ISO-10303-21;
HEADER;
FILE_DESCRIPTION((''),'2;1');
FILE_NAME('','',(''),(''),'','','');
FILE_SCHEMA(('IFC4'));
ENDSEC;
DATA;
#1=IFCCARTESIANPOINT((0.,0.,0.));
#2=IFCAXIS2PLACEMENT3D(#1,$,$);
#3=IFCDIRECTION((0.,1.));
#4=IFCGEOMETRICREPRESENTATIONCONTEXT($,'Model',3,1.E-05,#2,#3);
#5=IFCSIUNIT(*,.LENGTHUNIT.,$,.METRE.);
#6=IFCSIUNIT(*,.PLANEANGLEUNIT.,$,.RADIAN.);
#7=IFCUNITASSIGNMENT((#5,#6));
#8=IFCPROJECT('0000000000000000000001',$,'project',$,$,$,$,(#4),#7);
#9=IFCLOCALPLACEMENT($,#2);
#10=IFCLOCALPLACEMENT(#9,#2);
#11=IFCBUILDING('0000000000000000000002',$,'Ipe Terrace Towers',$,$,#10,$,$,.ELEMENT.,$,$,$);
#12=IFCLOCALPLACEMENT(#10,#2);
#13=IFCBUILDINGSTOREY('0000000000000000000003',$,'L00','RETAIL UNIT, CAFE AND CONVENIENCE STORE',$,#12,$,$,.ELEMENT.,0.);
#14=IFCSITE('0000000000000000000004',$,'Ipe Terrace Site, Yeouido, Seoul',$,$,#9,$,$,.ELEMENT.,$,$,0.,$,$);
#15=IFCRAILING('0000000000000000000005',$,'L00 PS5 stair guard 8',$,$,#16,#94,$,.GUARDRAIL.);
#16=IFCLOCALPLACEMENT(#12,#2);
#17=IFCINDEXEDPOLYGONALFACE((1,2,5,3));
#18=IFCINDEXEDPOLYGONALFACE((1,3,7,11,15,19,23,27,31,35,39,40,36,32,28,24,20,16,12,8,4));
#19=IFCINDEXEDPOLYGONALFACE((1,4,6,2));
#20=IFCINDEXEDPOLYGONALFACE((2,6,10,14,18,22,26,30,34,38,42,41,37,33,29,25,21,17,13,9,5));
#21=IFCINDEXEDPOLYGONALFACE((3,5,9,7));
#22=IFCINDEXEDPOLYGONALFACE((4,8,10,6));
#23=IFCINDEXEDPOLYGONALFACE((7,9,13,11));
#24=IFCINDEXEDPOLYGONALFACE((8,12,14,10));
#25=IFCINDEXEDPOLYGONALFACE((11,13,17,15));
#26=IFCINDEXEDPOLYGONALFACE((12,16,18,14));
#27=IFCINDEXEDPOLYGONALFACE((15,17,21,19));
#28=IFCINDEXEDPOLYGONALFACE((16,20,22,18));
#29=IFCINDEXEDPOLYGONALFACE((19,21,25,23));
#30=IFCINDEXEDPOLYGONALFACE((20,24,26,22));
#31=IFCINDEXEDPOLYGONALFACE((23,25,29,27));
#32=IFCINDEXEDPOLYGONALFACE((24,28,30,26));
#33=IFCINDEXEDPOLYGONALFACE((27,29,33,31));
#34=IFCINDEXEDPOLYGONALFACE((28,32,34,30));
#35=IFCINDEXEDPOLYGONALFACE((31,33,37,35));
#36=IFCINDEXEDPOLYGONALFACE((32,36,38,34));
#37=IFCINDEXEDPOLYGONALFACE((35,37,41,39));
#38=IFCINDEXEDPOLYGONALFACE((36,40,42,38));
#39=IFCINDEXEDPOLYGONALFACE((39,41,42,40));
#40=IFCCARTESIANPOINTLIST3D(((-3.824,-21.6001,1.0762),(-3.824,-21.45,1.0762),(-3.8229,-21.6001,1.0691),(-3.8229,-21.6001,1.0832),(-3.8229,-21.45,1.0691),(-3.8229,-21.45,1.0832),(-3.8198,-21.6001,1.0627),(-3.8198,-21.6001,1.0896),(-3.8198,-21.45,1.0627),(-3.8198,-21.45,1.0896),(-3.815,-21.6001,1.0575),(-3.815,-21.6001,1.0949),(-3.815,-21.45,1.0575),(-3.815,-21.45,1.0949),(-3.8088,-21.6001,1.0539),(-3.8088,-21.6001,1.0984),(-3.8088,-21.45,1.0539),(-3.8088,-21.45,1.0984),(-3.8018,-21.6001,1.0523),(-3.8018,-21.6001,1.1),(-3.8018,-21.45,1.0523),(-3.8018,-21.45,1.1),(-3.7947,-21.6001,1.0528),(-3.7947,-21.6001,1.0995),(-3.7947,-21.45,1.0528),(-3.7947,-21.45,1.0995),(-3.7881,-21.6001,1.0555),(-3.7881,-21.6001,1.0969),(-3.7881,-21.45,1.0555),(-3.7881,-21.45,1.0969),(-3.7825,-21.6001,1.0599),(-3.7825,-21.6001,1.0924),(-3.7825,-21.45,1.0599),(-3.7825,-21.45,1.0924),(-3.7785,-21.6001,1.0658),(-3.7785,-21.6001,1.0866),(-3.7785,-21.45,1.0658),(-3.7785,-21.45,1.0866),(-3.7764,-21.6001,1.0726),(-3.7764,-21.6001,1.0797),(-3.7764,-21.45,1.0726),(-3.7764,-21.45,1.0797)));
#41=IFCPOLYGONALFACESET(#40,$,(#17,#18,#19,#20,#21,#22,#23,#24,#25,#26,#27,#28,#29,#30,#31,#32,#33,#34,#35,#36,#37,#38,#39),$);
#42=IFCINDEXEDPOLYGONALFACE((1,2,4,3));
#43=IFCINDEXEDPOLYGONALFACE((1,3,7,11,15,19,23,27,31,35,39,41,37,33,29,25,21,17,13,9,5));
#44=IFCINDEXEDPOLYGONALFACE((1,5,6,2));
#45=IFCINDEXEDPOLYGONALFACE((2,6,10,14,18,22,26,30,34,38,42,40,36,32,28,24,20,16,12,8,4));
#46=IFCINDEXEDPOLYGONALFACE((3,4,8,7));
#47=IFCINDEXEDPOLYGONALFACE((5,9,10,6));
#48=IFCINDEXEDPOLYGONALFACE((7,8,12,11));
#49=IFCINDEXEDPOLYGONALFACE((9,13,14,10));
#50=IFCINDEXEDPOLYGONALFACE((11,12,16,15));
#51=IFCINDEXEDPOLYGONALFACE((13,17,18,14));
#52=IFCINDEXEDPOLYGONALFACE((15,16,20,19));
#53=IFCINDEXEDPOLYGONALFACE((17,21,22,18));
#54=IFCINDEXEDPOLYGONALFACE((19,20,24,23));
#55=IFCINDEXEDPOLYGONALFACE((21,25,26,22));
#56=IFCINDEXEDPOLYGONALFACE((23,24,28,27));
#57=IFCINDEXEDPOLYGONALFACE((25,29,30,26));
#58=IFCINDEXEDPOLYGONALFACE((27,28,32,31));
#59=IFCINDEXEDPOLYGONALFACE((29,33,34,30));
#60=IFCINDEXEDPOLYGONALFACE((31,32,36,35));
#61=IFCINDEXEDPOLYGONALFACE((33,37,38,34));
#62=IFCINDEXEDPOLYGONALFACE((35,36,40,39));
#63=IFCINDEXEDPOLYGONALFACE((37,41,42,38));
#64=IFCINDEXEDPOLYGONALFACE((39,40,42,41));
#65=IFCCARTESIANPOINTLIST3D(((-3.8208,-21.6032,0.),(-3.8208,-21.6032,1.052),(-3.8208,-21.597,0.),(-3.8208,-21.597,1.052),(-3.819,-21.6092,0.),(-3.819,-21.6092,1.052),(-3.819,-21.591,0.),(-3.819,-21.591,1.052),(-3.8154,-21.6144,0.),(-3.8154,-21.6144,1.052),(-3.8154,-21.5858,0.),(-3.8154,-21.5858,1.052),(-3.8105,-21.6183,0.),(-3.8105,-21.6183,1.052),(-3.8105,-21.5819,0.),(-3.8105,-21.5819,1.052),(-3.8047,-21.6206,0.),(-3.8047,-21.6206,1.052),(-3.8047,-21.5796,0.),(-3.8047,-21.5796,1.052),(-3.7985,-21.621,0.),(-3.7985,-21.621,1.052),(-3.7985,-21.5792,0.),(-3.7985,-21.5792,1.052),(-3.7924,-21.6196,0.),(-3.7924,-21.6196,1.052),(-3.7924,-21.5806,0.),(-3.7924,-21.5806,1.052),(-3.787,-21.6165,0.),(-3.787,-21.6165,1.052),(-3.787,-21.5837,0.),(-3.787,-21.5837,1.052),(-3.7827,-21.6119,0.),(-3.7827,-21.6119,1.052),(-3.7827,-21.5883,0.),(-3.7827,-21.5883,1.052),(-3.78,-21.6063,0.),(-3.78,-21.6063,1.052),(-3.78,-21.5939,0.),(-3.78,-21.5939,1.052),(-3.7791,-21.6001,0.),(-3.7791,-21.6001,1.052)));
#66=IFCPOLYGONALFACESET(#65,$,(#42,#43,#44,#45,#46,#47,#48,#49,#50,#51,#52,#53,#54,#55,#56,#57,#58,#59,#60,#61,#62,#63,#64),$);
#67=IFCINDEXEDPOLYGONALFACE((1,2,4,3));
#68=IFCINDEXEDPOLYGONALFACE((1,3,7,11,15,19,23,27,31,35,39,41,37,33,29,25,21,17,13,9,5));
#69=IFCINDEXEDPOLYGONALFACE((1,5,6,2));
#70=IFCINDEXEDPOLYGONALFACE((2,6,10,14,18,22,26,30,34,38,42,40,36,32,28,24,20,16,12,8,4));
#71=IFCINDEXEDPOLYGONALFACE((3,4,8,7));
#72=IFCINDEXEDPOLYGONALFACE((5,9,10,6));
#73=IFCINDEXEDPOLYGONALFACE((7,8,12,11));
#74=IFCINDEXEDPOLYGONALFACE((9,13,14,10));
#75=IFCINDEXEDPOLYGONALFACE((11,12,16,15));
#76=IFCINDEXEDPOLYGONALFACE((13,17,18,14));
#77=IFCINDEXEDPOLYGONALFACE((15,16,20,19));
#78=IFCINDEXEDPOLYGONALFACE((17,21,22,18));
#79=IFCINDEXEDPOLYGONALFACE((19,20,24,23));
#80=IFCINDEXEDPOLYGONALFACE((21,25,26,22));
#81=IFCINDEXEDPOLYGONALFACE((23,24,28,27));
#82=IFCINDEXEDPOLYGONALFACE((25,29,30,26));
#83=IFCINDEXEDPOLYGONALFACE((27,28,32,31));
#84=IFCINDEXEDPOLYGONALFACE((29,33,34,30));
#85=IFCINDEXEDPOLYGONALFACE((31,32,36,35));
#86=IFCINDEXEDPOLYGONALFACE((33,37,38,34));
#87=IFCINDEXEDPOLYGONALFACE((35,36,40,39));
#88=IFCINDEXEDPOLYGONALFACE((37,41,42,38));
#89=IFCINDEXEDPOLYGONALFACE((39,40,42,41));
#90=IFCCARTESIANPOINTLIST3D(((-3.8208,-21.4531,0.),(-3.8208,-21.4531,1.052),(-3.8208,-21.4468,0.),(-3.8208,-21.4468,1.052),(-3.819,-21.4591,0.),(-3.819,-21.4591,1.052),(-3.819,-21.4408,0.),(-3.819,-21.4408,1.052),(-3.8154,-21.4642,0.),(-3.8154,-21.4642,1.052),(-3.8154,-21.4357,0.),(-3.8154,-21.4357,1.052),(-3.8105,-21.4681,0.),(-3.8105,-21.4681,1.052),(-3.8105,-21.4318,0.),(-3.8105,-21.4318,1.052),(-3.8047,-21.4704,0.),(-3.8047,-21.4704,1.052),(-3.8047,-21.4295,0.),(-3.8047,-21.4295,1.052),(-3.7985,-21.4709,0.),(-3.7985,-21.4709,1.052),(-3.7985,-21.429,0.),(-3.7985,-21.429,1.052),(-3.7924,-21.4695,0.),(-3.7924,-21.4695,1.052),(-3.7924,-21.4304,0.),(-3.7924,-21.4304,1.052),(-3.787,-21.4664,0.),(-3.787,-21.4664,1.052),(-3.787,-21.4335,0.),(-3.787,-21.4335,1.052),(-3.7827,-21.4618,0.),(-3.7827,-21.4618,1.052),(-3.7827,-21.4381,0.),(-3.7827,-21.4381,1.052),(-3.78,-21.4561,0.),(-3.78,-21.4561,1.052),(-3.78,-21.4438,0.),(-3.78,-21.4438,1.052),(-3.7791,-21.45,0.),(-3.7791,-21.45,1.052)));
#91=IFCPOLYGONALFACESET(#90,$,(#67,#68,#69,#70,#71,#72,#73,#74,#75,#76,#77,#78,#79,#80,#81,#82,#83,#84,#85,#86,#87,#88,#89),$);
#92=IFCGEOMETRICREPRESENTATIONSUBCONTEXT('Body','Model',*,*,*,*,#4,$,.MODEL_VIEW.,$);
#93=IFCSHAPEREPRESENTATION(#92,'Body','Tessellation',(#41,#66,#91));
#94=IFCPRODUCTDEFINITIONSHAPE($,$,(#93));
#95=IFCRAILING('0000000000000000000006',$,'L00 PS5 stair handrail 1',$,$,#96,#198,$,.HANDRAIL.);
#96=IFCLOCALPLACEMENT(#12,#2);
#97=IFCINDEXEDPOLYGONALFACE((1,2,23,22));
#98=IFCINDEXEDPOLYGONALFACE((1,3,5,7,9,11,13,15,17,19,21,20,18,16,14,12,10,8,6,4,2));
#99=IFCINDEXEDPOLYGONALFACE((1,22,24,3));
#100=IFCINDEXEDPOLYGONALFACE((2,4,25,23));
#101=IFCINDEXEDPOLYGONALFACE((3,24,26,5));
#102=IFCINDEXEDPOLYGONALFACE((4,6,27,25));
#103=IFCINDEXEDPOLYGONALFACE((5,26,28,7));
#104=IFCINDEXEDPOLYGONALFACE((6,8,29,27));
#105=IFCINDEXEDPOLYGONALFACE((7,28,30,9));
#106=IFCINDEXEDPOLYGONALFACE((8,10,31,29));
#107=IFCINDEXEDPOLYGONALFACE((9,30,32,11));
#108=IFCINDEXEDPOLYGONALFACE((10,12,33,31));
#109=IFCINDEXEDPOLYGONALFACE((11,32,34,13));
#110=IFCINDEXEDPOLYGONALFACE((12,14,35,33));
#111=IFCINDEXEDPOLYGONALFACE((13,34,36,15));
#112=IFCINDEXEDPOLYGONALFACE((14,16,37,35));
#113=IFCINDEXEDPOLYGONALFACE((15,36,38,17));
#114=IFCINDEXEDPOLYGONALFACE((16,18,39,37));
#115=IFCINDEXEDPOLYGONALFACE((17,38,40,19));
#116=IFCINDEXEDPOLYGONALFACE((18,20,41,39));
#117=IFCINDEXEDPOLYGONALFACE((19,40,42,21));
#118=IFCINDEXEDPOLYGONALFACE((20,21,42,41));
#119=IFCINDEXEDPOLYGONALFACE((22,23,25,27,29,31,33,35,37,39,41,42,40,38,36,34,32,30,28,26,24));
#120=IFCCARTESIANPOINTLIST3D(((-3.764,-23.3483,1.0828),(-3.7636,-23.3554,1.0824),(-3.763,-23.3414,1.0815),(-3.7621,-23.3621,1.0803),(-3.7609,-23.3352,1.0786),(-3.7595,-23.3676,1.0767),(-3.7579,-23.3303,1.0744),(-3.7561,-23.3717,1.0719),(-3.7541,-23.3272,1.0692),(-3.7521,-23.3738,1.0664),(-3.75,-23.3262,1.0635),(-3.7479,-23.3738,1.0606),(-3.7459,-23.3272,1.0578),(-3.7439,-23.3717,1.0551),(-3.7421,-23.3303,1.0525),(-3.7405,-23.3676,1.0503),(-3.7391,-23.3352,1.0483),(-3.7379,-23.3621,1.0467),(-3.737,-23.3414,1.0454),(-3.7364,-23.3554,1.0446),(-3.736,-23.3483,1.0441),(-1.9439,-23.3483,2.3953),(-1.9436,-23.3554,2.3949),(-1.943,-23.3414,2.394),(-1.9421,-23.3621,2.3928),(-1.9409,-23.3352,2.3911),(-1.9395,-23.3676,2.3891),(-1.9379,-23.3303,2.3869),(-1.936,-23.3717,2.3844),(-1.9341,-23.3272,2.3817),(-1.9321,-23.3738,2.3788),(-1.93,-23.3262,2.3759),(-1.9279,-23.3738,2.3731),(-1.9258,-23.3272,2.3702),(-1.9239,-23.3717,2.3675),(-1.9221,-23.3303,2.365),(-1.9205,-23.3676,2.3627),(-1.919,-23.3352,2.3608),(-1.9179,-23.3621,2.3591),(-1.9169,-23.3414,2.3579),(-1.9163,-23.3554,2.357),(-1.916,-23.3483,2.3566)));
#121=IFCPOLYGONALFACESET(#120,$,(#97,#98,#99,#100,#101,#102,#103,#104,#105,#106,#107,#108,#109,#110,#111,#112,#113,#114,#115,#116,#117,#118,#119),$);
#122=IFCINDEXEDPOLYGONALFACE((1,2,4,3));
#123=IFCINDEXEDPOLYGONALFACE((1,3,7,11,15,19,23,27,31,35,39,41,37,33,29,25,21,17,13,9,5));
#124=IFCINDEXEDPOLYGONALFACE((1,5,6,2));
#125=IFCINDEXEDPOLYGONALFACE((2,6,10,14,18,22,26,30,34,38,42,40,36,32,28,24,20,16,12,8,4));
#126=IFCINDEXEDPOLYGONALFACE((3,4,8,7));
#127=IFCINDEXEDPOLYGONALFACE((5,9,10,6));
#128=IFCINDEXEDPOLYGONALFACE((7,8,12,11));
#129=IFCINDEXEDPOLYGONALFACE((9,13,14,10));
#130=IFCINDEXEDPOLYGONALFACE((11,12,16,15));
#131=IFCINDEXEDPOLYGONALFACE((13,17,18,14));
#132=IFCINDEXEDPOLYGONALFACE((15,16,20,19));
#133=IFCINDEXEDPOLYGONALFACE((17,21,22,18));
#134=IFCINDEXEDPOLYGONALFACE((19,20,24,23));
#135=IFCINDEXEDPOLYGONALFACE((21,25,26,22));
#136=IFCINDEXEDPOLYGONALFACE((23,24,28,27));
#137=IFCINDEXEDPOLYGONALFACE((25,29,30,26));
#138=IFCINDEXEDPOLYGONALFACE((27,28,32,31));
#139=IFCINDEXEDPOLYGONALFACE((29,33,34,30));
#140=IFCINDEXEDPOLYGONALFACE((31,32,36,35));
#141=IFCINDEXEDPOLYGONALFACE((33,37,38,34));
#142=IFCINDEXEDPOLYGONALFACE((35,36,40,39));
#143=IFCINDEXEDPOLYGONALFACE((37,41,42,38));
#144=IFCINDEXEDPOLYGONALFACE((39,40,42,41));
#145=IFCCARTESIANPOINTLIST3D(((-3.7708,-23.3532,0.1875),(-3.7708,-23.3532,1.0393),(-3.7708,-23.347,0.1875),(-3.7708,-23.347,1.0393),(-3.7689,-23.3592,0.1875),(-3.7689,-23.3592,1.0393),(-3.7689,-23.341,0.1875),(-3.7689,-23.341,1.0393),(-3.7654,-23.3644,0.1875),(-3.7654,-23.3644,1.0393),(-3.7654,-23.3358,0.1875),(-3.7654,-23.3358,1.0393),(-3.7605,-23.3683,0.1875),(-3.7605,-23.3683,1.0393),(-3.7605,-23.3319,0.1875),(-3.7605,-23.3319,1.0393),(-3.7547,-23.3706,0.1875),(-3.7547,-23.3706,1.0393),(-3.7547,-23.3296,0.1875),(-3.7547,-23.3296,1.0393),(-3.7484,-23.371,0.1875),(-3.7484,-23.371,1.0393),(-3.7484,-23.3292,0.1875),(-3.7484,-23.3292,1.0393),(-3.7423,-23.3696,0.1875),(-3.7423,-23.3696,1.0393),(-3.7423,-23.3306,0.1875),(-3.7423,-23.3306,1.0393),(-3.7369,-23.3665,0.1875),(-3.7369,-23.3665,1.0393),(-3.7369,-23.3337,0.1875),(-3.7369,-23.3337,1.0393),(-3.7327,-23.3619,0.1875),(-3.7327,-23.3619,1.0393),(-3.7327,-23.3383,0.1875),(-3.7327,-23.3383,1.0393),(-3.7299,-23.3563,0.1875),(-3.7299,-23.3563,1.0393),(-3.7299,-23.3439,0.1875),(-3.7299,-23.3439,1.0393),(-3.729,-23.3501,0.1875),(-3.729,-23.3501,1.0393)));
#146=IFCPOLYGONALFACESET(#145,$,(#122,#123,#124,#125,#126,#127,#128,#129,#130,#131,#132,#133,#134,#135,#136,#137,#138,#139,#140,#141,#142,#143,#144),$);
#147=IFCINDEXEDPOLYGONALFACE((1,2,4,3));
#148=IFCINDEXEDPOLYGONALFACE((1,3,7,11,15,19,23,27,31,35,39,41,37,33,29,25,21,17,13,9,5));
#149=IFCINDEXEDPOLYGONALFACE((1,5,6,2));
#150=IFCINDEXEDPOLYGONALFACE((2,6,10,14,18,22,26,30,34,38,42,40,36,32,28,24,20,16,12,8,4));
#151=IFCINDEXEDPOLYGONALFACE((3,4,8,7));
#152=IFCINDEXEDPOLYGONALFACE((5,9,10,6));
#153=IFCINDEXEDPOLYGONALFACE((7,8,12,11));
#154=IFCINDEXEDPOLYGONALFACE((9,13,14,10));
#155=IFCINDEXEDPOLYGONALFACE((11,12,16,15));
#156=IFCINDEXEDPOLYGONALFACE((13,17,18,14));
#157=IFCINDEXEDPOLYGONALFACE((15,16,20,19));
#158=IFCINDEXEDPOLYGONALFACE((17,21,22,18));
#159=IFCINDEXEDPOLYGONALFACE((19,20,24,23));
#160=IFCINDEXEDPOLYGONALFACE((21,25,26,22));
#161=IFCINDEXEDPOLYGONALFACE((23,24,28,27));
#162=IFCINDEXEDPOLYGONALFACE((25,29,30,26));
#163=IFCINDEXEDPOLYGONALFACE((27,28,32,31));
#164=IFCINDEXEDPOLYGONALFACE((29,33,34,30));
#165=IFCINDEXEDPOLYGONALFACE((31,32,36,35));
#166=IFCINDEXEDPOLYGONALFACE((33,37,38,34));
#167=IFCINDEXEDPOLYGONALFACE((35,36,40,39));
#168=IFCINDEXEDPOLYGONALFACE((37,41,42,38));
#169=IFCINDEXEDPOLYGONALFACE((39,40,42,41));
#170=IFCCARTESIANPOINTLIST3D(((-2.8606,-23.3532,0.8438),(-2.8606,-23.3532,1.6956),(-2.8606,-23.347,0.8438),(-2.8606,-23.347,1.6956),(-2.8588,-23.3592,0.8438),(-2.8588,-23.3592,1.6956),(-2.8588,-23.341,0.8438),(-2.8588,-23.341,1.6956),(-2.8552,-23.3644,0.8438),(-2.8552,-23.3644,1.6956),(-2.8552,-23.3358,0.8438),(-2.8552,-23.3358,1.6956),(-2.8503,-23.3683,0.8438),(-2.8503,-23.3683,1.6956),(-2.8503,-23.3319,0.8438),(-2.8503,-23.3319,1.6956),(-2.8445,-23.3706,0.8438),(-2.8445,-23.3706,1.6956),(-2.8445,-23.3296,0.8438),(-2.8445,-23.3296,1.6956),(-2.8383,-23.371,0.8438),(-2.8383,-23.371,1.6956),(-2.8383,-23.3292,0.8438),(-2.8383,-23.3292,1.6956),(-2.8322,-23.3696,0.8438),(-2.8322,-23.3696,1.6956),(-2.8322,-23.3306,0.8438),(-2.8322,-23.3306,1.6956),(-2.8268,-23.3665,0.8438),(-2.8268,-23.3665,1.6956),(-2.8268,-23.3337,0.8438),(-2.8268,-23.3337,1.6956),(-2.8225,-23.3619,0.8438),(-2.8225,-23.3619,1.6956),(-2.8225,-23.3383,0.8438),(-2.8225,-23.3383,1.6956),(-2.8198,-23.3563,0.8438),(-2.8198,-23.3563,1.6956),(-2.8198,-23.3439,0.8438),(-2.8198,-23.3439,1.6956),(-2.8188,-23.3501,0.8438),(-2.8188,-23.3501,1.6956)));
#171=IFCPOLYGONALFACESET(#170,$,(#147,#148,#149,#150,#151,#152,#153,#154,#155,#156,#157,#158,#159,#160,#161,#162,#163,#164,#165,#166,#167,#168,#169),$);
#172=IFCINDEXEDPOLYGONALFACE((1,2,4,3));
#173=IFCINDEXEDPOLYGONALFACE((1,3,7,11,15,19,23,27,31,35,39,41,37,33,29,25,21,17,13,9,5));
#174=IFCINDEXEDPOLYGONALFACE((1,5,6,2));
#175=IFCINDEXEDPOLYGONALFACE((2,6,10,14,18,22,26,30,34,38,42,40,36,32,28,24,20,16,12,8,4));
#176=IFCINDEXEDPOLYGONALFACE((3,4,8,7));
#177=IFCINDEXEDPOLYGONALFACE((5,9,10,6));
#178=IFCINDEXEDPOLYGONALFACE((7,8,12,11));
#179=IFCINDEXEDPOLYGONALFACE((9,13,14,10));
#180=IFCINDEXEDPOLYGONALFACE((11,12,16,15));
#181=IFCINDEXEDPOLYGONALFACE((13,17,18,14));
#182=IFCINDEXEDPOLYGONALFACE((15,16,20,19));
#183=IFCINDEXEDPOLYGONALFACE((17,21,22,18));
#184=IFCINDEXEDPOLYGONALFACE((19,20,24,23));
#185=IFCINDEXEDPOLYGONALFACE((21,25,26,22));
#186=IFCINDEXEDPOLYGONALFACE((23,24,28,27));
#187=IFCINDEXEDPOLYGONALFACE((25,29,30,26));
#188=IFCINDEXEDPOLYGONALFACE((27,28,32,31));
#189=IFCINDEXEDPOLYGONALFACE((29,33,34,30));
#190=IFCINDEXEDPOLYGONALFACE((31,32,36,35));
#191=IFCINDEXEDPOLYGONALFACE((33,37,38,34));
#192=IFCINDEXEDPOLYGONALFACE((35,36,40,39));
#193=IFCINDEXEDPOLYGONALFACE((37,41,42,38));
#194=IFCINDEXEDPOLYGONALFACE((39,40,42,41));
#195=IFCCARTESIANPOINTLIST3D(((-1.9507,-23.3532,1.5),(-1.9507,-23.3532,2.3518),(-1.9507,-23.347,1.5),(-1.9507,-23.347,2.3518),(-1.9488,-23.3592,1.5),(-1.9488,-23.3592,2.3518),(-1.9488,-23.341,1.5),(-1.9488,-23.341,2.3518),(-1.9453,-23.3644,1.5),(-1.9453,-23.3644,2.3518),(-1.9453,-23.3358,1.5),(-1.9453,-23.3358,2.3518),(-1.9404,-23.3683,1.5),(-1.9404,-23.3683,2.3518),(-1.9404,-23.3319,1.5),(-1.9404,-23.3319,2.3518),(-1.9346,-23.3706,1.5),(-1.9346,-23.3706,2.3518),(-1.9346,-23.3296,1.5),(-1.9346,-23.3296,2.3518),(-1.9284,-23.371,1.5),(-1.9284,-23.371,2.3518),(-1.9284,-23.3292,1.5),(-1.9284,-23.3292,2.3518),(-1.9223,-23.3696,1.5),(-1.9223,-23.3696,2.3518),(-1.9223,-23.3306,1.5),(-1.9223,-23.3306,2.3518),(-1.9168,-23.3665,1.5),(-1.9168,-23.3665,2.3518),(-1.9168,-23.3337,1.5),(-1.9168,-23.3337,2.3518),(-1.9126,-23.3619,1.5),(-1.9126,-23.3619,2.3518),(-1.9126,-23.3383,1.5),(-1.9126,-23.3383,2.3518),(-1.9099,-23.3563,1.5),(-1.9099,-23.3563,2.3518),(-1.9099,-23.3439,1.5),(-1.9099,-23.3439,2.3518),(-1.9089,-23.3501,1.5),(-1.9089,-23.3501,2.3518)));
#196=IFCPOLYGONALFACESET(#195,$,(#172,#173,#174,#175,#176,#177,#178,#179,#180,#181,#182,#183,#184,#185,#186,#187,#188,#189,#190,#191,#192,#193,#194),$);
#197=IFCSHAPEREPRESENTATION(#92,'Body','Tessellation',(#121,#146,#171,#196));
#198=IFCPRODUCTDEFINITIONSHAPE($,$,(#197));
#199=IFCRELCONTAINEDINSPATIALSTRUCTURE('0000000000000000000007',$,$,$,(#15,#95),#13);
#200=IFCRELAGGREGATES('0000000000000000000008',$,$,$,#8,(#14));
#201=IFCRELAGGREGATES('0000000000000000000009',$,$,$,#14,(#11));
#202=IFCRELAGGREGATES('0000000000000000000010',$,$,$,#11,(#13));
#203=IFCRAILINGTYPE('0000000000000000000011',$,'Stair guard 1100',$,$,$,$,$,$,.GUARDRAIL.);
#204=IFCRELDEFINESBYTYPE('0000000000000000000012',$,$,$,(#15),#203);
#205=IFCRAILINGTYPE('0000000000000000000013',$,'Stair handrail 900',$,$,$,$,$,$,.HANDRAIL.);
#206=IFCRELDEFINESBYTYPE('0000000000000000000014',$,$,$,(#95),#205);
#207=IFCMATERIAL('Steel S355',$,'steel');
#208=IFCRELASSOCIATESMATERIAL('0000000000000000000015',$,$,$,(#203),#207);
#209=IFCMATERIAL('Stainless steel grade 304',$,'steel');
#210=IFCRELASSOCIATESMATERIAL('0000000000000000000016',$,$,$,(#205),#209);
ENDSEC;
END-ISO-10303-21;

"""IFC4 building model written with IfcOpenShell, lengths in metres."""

from ifc_helpers import new_model, si_unit, direction, frame, origin, origin_2d, place, context, subcontext, project, spatial, circle, extrude, material, type_object, element, save


model = new_model("IFC4")

# Units and contexts
model_context = context("Model", 3, precision=1e-05, world=origin(), true_north=direction((0.0, 1.0)))
body_context = subcontext(model_context, "Body", "Model", "MODEL_VIEW")
ifc_project = project(units=[si_unit("LENGTHUNIT", "METRE"), si_unit("PLANEANGLEUNIT", "RADIAN")], contexts=[model_context])

# Site, building, storey
site_placement = place(None, origin())
site = spatial("IfcSite", under=ifc_project, at=site_placement, Name="Ipe Terrace Site, Yeouido, Seoul", CompositionType="ELEMENT", RefElevation=0.0)
building_placement = place(site_placement, origin())
building = spatial("IfcBuilding", under=site, at=building_placement, Name="Ipe Terrace Towers", CompositionType="ELEMENT")
storey_placement = place(building_placement, origin())
storey = spatial("IfcBuildingStorey", under=building, at=storey_placement, Name="L00", Description="RETAIL UNIT, CAFE AND CONVENIENCE STORE", CompositionType="ELEMENT", Elevation=0.0)

# Railings
ifc_material_1 = material(Name="Steel S355", Category="steel")
railing_type_1 = type_object("IfcRailingType", Name="Stair guard 1100", PredefinedType="GUARDRAIL", material=ifc_material_1)
for number, where, name in (
    (1, (-3.8, -21.6001, 0.0), "L00 PS5 stair guard 8"),
):
    element("IfcRailing", number, at=place(storey_placement, frame(where)), inside=storey, type_object=railing_type_1, Name=name, PredefinedType="GUARDRAIL", context=body_context, shape_type="SweptSolid", body=[
        extrude(circle(Radius=0.0239, at=origin_2d()), frame((0.0, 0.0, 1.0762), z_axis=(0.0, 1.0, 0.0), x_axis=(-1.0, 0.0, 0.0)), (0.0, 0.0, 1.0), 0.1501),
        extrude(circle(Radius=0.021, at=origin_2d()), origin(), (0.0, 0.0, 1.0), 1.052),
        extrude(circle(Radius=0.021, at=origin_2d()), frame((0.0, 0.1501, 0.0)), (0.0, 0.0, 1.0), 1.052),
    ])
ifc_material_2 = material(Name="Stainless steel grade 304", Category="steel")
railing_type_2 = type_object("IfcRailingType", Name="Stair handrail 900", PredefinedType="HANDRAIL", material=ifc_material_2)
for number, where, name in (
    (2, (-3.75, -23.3501, 0.1875), "L00 PS5 stair handrail 1"),
):
    element("IfcRailing", number, at=place(storey_placement, frame(where)), inside=storey, type_object=railing_type_2, Name=name, PredefinedType="HANDRAIL", context=body_context, shape_type="SweptSolid", body=[
        extrude(circle(Radius=0.0239, at=origin_2d()), frame((0.0, 0.0, 0.876), z_axis=(0.811101, 0.0, 0.584906), x_axis=(0.0, 1.0, 0.0)), (0.0, 0.0, 1.0), 2.2439),
        extrude(circle(Radius=0.021, at=origin_2d()), origin(), (0.0, 0.0, 1.0), 0.8518),
        extrude(circle(Radius=0.021, at=origin_2d()), frame((0.9102, 0.0, 0.6562)), (0.0, 0.0, 1.0), 0.8518),
        extrude(circle(Radius=0.021, at=origin_2d()), frame((1.8201, 0.0, 1.3125)), (0.0, 0.0, 1.0), 0.8518),
    ])

save(model, "model.ifc")
